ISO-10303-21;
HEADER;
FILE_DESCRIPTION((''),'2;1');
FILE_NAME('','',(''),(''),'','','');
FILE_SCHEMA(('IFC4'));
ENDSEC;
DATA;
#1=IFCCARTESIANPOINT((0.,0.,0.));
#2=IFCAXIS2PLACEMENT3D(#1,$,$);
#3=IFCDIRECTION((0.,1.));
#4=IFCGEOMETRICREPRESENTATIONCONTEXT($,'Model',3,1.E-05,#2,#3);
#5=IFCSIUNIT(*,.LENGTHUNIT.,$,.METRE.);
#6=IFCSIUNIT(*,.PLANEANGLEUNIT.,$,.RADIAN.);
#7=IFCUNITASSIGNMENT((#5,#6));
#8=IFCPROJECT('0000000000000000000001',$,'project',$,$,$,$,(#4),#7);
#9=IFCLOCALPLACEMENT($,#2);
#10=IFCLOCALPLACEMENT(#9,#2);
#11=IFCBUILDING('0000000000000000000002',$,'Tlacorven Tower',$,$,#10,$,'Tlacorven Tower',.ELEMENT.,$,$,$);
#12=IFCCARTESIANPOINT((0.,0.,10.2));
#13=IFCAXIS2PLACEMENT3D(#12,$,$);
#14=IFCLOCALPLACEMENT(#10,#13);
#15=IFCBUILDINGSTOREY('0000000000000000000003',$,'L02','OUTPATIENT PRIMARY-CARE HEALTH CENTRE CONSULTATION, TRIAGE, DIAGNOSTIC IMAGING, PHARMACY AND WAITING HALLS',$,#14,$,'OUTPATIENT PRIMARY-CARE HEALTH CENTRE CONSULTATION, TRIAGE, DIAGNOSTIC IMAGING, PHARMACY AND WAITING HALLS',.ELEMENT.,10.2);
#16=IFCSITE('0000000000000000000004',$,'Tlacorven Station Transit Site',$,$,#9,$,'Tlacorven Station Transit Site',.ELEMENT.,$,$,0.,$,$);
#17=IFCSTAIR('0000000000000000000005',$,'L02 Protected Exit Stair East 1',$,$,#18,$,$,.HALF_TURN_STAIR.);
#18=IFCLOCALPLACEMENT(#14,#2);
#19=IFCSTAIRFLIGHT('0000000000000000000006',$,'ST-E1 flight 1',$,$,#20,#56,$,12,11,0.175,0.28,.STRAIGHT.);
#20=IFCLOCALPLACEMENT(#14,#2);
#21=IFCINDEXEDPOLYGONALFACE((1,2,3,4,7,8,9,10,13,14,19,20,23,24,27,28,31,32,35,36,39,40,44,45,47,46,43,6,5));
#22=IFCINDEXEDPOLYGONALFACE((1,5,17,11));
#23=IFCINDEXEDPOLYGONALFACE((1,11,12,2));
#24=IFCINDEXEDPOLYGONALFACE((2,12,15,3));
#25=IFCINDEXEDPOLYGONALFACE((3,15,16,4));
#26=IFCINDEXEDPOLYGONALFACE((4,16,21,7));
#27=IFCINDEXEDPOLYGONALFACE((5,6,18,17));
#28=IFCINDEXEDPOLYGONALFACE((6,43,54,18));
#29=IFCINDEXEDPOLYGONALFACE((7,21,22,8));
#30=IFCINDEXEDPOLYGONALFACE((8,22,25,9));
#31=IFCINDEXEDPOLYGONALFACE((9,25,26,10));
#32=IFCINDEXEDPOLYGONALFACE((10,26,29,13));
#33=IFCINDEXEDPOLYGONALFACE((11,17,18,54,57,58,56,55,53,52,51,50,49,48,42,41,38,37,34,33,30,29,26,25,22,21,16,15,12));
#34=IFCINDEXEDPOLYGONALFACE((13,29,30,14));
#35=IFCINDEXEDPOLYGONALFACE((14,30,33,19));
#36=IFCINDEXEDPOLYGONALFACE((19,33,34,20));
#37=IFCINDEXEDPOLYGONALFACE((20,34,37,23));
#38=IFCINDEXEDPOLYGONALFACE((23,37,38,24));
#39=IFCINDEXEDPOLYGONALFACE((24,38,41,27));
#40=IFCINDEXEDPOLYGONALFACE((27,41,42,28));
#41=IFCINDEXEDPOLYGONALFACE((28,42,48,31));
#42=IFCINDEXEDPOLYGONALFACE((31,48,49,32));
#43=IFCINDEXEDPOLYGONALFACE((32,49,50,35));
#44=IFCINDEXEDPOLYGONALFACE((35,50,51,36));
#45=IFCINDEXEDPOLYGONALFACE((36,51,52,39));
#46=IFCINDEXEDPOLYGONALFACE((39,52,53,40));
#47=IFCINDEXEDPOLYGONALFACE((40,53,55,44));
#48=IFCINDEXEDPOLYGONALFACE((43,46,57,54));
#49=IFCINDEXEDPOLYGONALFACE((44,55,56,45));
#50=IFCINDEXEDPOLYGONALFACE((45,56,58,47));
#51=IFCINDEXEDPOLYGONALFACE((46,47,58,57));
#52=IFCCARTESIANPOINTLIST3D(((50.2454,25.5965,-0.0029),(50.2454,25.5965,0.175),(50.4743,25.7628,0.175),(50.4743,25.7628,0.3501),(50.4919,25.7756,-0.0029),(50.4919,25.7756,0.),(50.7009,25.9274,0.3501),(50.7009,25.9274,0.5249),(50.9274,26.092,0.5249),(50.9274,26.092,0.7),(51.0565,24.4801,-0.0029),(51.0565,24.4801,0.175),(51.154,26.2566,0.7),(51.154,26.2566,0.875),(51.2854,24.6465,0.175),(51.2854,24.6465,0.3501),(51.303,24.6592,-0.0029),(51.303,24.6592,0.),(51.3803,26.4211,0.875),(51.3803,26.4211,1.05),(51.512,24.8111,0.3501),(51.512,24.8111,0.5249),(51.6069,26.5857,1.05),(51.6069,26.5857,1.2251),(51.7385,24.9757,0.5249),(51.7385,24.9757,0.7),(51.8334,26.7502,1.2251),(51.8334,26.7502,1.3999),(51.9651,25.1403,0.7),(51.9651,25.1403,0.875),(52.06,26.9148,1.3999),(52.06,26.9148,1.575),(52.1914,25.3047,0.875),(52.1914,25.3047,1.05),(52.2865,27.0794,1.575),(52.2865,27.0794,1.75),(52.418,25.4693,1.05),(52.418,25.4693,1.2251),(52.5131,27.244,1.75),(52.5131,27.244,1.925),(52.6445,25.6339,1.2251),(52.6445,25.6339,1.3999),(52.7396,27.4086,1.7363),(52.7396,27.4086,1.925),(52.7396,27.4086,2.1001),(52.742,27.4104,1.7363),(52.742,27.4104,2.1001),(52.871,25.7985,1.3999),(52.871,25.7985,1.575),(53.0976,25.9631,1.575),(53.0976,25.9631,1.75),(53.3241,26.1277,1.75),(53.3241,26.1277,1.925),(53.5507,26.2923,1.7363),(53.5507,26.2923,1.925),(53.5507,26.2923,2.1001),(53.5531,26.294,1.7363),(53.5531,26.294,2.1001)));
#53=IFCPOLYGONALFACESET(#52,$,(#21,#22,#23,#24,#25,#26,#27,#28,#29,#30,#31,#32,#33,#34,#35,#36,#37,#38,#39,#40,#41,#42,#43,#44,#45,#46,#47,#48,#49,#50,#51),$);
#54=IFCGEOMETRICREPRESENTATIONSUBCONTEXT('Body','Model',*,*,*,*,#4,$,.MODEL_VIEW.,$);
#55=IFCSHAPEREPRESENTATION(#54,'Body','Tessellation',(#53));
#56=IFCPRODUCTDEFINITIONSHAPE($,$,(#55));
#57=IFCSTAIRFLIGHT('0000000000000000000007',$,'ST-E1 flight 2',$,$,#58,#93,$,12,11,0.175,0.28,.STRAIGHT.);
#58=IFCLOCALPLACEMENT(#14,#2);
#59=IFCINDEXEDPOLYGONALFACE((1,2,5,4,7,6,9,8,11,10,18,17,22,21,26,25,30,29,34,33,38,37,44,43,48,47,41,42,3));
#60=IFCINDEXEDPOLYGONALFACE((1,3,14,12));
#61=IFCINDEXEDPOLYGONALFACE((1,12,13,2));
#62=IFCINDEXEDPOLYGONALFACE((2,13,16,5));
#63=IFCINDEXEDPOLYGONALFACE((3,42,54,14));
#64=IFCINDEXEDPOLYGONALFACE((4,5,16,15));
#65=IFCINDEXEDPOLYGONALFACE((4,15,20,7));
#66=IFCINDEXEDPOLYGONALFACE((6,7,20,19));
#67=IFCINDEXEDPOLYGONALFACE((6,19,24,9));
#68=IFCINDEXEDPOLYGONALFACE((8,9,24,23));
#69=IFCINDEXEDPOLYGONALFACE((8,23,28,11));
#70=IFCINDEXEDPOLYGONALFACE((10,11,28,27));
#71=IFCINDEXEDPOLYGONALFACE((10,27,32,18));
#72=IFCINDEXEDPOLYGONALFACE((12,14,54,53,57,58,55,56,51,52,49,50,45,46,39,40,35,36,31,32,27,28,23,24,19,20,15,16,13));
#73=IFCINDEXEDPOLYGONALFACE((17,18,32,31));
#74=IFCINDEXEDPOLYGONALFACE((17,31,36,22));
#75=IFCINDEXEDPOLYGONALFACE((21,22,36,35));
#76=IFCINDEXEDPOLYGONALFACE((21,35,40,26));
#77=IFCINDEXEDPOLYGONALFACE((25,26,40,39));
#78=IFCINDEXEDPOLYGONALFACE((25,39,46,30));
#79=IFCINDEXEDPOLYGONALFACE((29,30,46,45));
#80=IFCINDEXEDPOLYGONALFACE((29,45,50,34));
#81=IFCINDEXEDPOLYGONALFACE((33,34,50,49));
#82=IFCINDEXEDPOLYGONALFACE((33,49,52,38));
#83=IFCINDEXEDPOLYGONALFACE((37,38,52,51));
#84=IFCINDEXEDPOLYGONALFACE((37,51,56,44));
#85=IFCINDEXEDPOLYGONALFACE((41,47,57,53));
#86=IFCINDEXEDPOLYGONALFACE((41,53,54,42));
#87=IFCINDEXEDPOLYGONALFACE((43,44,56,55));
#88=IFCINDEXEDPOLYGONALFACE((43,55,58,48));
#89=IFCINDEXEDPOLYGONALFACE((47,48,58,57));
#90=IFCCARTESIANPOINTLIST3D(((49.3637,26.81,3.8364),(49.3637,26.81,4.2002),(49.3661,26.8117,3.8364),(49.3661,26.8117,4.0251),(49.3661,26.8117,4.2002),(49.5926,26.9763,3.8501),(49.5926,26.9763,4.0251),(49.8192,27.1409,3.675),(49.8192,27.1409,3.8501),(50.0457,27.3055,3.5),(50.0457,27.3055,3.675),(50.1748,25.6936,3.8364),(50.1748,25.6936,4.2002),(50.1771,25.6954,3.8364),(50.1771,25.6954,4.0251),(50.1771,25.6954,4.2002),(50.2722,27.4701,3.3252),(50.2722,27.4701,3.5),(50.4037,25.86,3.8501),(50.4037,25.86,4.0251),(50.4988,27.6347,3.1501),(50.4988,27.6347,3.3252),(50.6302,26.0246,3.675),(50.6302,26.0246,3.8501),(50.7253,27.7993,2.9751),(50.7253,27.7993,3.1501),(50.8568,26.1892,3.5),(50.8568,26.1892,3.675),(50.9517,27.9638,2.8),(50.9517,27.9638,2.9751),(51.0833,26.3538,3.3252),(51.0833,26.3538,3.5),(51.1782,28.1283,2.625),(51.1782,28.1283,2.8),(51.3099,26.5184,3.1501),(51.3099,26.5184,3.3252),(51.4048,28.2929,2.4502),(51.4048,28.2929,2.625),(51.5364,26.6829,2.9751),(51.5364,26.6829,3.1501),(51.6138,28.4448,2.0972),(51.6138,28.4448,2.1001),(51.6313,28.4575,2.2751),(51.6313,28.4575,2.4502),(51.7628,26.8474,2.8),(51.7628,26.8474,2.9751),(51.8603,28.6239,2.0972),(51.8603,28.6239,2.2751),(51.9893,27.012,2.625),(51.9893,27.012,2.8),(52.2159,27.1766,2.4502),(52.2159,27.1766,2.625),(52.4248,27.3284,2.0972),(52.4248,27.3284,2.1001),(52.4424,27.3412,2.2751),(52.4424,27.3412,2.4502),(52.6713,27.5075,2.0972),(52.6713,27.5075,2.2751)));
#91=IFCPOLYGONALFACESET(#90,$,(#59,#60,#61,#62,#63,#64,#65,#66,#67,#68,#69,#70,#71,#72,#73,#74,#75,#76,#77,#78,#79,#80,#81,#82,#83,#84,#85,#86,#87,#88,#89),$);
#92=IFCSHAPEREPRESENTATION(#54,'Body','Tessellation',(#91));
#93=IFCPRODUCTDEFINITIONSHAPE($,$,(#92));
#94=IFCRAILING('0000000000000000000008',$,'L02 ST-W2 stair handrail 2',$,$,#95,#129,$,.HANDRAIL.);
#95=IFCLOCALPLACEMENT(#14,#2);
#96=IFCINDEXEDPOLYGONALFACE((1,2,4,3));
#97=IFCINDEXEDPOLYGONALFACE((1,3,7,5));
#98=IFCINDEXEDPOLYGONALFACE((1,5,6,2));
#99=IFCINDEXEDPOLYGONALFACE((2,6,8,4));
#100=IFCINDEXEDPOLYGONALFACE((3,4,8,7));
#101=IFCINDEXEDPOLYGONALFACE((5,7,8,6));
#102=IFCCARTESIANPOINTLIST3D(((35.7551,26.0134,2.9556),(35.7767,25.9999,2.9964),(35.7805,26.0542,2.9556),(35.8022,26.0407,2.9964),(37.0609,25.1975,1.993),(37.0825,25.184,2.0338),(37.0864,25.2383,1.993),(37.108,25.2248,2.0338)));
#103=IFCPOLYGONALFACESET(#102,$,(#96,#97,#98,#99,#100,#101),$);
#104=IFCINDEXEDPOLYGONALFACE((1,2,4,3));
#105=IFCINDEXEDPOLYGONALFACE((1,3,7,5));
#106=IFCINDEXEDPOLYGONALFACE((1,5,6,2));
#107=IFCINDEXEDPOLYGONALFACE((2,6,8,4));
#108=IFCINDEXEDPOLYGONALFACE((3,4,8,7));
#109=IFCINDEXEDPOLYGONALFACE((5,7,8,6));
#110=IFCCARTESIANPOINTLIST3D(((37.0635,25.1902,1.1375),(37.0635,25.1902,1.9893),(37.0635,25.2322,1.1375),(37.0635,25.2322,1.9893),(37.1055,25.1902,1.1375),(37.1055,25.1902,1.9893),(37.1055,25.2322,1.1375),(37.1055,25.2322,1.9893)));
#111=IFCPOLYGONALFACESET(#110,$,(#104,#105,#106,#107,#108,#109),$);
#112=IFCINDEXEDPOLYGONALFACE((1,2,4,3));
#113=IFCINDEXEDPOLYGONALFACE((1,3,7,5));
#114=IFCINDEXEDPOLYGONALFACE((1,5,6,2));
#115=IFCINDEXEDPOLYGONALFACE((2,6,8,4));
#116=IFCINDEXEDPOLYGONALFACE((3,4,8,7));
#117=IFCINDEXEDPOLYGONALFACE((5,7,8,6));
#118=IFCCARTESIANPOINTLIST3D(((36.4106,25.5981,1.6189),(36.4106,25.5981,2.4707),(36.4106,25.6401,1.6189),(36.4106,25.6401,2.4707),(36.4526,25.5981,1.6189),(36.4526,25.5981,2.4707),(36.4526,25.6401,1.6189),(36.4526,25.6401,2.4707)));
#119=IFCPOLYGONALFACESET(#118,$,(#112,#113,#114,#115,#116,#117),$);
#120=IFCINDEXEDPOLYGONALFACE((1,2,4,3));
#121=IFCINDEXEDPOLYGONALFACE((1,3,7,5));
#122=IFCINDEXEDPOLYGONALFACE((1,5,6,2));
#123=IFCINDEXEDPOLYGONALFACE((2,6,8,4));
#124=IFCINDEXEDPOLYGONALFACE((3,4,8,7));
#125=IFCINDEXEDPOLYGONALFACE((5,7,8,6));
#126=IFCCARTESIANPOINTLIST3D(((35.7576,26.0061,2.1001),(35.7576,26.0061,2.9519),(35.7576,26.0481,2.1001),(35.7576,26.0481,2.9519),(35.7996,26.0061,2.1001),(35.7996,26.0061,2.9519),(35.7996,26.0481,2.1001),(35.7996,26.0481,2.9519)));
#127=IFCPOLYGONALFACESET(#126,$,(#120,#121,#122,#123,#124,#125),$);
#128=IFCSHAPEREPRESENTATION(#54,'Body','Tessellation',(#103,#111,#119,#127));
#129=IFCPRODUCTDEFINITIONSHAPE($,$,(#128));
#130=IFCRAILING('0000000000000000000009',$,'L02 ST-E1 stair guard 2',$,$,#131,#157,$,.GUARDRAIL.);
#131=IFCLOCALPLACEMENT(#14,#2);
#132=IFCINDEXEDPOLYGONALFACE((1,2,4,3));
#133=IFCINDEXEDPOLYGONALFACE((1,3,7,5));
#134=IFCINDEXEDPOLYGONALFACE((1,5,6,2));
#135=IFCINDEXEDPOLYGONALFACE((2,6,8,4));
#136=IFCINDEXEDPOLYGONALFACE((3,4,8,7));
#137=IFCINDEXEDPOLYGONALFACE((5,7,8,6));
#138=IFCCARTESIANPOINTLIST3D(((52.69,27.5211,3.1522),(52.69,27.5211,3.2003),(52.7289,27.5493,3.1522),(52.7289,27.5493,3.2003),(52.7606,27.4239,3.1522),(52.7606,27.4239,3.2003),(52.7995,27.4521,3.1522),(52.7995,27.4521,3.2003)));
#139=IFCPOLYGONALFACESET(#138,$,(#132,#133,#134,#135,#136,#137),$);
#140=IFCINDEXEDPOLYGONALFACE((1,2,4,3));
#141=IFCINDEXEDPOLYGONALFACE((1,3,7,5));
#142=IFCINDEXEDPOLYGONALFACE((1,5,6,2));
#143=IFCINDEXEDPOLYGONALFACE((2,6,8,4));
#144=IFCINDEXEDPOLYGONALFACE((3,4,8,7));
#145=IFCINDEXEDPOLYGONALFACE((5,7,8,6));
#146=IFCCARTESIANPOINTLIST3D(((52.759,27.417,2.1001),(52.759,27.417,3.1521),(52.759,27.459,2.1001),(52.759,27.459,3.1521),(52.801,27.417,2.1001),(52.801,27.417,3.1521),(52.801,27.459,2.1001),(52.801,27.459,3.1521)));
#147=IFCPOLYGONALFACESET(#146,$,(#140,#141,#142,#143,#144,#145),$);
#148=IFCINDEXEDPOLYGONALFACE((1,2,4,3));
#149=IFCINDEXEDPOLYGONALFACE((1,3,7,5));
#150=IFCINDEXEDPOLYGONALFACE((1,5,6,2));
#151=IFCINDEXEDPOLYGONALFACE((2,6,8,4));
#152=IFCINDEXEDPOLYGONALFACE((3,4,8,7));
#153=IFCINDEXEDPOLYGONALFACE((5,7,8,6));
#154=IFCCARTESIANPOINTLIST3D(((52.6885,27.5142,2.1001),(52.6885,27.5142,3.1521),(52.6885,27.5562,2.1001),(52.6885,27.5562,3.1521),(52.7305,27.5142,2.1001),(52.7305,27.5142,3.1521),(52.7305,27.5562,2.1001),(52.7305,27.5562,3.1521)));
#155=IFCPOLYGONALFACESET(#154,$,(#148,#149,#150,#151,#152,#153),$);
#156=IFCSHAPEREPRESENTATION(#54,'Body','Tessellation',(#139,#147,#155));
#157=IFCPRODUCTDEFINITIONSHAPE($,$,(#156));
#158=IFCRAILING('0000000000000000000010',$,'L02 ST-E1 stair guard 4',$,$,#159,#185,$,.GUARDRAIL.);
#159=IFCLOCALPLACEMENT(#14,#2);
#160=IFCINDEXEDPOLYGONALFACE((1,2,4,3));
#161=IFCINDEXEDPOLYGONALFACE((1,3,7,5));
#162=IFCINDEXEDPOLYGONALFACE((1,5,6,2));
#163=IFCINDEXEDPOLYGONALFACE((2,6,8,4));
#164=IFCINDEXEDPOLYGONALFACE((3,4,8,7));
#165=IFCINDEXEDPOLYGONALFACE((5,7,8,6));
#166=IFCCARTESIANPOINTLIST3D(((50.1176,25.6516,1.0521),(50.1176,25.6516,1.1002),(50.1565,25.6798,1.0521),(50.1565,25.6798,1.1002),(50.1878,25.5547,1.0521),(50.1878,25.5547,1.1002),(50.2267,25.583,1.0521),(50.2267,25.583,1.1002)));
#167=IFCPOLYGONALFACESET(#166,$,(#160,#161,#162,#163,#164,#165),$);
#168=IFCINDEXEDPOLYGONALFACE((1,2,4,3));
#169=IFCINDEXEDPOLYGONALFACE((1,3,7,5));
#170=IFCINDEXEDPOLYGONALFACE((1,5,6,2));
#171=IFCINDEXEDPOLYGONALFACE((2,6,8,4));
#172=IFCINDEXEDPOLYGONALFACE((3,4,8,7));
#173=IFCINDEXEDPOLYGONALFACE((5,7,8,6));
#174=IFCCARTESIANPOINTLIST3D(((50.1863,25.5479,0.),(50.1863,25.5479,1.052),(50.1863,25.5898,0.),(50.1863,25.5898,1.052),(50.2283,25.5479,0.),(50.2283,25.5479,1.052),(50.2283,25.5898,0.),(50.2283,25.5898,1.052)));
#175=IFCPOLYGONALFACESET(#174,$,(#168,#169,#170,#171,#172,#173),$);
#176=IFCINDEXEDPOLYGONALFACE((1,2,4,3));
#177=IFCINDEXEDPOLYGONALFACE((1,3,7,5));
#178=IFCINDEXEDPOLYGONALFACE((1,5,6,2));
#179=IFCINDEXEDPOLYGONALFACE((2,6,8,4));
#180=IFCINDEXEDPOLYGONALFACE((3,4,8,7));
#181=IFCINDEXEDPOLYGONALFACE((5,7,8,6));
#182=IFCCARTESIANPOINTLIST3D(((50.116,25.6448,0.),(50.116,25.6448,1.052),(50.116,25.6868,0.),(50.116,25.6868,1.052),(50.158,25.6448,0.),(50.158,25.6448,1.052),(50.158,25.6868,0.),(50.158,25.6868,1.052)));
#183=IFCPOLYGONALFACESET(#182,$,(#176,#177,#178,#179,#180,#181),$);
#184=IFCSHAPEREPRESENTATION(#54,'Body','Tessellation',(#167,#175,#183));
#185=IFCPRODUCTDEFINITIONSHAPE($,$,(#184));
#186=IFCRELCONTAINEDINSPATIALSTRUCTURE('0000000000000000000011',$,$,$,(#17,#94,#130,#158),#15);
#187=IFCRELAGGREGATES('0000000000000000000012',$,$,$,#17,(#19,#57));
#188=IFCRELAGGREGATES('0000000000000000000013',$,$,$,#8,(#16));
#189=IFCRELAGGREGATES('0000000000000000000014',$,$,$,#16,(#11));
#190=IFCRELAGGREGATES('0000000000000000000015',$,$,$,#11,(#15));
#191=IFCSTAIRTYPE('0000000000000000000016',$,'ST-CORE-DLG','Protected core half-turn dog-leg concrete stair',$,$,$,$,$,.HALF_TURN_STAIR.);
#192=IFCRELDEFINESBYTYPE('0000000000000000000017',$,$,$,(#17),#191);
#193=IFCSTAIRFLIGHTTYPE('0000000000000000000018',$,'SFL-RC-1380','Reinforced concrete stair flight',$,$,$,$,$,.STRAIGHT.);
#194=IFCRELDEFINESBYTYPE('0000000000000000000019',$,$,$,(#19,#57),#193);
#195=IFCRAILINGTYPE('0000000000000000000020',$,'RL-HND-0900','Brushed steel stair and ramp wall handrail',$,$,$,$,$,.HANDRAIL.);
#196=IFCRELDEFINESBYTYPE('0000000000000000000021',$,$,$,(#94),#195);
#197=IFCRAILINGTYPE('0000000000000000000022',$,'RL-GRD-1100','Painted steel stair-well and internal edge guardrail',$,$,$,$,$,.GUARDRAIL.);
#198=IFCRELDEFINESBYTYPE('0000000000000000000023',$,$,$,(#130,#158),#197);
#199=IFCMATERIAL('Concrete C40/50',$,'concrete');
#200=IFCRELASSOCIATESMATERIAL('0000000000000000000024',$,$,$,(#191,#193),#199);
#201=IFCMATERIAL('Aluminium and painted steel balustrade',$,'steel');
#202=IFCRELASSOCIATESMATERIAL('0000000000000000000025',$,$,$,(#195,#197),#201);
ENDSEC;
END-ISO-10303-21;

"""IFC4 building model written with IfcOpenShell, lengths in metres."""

from ifc_helpers import new_model, si_unit, direction, frame, origin, origin_2d, place, context, subcontext, project, spatial, polyline, rectangle, outline, extrude, source, transform, mapped, material, type_object, element, aggregate, save


model = new_model("IFC4")

# Units and contexts
model_context = context("Model", 3, precision=1e-05, world=origin(), true_north=direction((0.0, 1.0)))
body_context = subcontext(model_context, "Body", "Model", "MODEL_VIEW")
ifc_project = project(units=[si_unit("LENGTHUNIT", "METRE"), si_unit("PLANEANGLEUNIT", "RADIAN")], contexts=[model_context])

# Site, building, storey
site_placement = place(None, origin())
site = spatial("IfcSite", under=ifc_project, at=site_placement, Name="Tlacorven Station Transit Site", LongName="Tlacorven Station Transit Site", CompositionType="ELEMENT", RefElevation=0.0)
building_placement = place(site_placement, origin())
building = spatial("IfcBuilding", under=site, at=building_placement, Name="Tlacorven Tower", LongName="Tlacorven Tower", CompositionType="ELEMENT")
storey_placement = place(building_placement, frame((0.0, 0.0, 10.2)))
storey = spatial("IfcBuildingStorey", under=building, at=storey_placement, Name="L02", Description="OUTPATIENT PRIMARY-CARE HEALTH CENTRE CONSULTATION, TRIAGE, DIAGNOSTIC IMAGING, PHARMACY AND WAITING HALLS", LongName="OUTPATIENT PRIMARY-CARE HEALTH CENTRE CONSULTATION, TRIAGE, DIAGNOSTIC IMAGING, PHARMACY AND WAITING HALLS", CompositionType="ELEMENT", Elevation=10.2)

# Stair, stair flights
ifc_material_1 = material(Name="Concrete C40/50", Category="concrete")
stair_type = type_object("IfcStairType", Name="ST-CORE-DLG", Description="Protected core half-turn dog-leg concrete stair", PredefinedType="HALF_TURN_STAIR", material=ifc_material_1)
stair_placement = place(storey_placement, origin())
stair = element("IfcStair", 1, at=stair_placement, inside=storey, type_object=stair_type, Name="L02 Protected Exit Stair East 1", PredefinedType="HALF_TURN_STAIR")
stair_flight_type = type_object("IfcStairFlightType", Name="SFL-RC-1380", Description="Reinforced concrete stair flight", PredefinedType="STRAIGHT", material=ifc_material_1)
shared_shape_1 = source(origin(), body_context, "Body", "SweptSolid", [
    extrude(outline(polyline([(-0.0029, -0.0029), (-0.0029, 0.175), (0.28, 0.175), (0.28, 0.3501), (0.5601, 0.3501), (0.5601, 0.5249), (0.8401, 0.5249), (0.8401, 0.7), (1.1201, 0.7), (1.1201, 0.875), (1.3999, 0.875), (1.3999, 1.05), (1.6799, 1.05), (1.6799, 1.2251), (1.96, 1.2251), (1.96, 1.3999), (2.24, 1.3999), (2.24, 1.575), (2.52, 1.575), (2.52, 1.75), (2.8, 1.75), (2.8, 1.925), (3.0801, 1.925), (3.0801, 2.1001), (3.083, 2.1001), (3.083, 1.7363), (3.0801, 1.7363), (0.3018, 0.0), (0.3018, -0.0029), (-0.0029, -0.0029)])), frame((0.0, 0.6899, 0.0), z_axis=(0.0, -1.0, 0.0), x_axis=(1.0, 0.0, 0.0)), (0.0, 0.0, 1.0), 1.3799),
])
stair_flight_1_placement = place(storey_placement, frame((50.6533, 25.04, 0.0), z_axis=(0.0, 0.0, 1.0), x_axis=(0.809017, 0.587785, 0.0)))
stair_flight_1 = element("IfcStairFlight", 2, at=stair_flight_1_placement, type_object=stair_flight_type, Name="ST-E1 flight 1", NumberOfRisers=12, NumberOfTreads=11, PredefinedType="STRAIGHT", RiserHeight=0.175, TreadLength=0.28, context=body_context, shape_type="MappedRepresentation", body=[
    mapped(shared_shape_1, transform((0.0, 0.0, 0.0), scale=1.0)),
])
stair_flight_2_placement = place(storey_placement, frame((52.2634, 28.064, 2.1001), z_axis=(0.0, 0.0, 1.0), x_axis=(-0.809017, -0.587785, 0.0)))
stair_flight_2 = element("IfcStairFlight", 3, at=stair_flight_2_placement, type_object=stair_flight_type, Name="ST-E1 flight 2", NumberOfRisers=12, NumberOfTreads=11, PredefinedType="STRAIGHT", RiserHeight=0.175, TreadLength=0.28, context=body_context, shape_type="MappedRepresentation", body=[
    mapped(shared_shape_1, transform((0.0, 0.0, 0.0), scale=1.0)),
])
aggregate(stair, [stair_flight_1, stair_flight_2])

# Railings
ifc_material_2 = material(Name="Aluminium and painted steel balustrade", Category="steel")
railing_type_1 = type_object("IfcRailingType", Name="RL-HND-0900", Description="Brushed steel stair and ramp wall handrail", PredefinedType="HANDRAIL", material=ifc_material_2)
shared_shape_2 = source(origin(), body_context, "Body", "SweptSolid", [
    extrude(rectangle(XDim=0.0481, YDim=0.0481, at=origin_2d()), frame((0.0, 0.0, 0.876), z_axis=(-0.719118, 0.449297, 0.530096), x_axis=(-0.529871, -0.848078, 0.0)), (0.0, 0.0, 1.0), 1.8159),
    extrude(rectangle(XDim=0.042, YDim=0.042, at=origin_2d()), origin(), (0.0, 0.0, 1.0), 0.8518),
    extrude(rectangle(XDim=0.042, YDim=0.042, at=origin_2d()), frame((-0.6528, 0.408, 0.4814)), (0.0, 0.0, 1.0), 0.8518),
    extrude(rectangle(XDim=0.042, YDim=0.042, at=origin_2d()), frame((-1.3059, 0.8159, 0.9626)), (0.0, 0.0, 1.0), 0.8518),
])
railing_1_placement = place(storey_placement, frame((37.0845, 25.2112, 1.1375)))
element("IfcRailing", 4, at=railing_1_placement, inside=storey, type_object=railing_type_1, Name="L02 ST-W2 stair handrail 2", PredefinedType="HANDRAIL", context=body_context, shape_type="MappedRepresentation", body=[
    mapped(shared_shape_2, transform((0.0, 0.0, 0.0), scale=1.0)),
])
railing_type_2 = type_object("IfcRailingType", Name="RL-GRD-1100", Description="Painted steel stair-well and internal edge guardrail", PredefinedType="GUARDRAIL", material=ifc_material_2)
shared_shape_3 = source(origin(), body_context, "Body", "SweptSolid", [
    extrude(rectangle(XDim=0.0481, YDim=0.0481, at=origin_2d()), frame((0.0, 0.0, 1.0762), z_axis=(-0.587567, 0.809175, 0.0), x_axis=(-0.809175, -0.587567, 0.0)), (0.0, 0.0, 1.0), 0.1201),
    extrude(rectangle(XDim=0.042, YDim=0.042, at=origin_2d()), origin(), (0.0, 0.0, 1.0), 1.052),
    extrude(rectangle(XDim=0.042, YDim=0.042, at=origin_2d()), frame((-0.0706, 0.0972, 0.0)), (0.0, 0.0, 1.0), 1.052),
])
railing_2_placement = place(storey_placement, frame((52.78, 27.438, 2.1001)))
element("IfcRailing", 5, at=railing_2_placement, inside=storey, type_object=railing_type_2, Name="L02 ST-E1 stair guard 2", PredefinedType="GUARDRAIL", context=body_context, shape_type="MappedRepresentation", body=[
    mapped(shared_shape_3, transform((0.0, 0.0, 0.0), scale=1.0)),
])
shared_shape_4 = source(origin(), body_context, "Body", "SweptSolid", [
    extrude(rectangle(XDim=0.0481, YDim=0.0481, at=origin_2d()), frame((0.0, 0.0, 1.0762), z_axis=(-0.587201, 0.809441, 0.0), x_axis=(-0.809441, -0.587201, 0.0)), (0.0, 0.0, 1.0), 0.1196),
    extrude(rectangle(XDim=0.042, YDim=0.042, at=origin_2d()), origin(), (0.0, 0.0, 1.0), 1.052),
    extrude(rectangle(XDim=0.042, YDim=0.042, at=origin_2d()), frame((-0.0703, 0.0969, 0.0)), (0.0, 0.0, 1.0), 1.052),
])
railing_3_placement = place(storey_placement, frame((50.2073, 25.5688, 0.0)))
element("IfcRailing", 6, at=railing_3_placement, inside=storey, type_object=railing_type_2, Name="L02 ST-E1 stair guard 4", PredefinedType="GUARDRAIL", context=body_context, shape_type="MappedRepresentation", body=[
    mapped(shared_shape_4, transform((0.0, 0.0, 0.0), scale=1.0)),
])

save(model, "model.ifc")
